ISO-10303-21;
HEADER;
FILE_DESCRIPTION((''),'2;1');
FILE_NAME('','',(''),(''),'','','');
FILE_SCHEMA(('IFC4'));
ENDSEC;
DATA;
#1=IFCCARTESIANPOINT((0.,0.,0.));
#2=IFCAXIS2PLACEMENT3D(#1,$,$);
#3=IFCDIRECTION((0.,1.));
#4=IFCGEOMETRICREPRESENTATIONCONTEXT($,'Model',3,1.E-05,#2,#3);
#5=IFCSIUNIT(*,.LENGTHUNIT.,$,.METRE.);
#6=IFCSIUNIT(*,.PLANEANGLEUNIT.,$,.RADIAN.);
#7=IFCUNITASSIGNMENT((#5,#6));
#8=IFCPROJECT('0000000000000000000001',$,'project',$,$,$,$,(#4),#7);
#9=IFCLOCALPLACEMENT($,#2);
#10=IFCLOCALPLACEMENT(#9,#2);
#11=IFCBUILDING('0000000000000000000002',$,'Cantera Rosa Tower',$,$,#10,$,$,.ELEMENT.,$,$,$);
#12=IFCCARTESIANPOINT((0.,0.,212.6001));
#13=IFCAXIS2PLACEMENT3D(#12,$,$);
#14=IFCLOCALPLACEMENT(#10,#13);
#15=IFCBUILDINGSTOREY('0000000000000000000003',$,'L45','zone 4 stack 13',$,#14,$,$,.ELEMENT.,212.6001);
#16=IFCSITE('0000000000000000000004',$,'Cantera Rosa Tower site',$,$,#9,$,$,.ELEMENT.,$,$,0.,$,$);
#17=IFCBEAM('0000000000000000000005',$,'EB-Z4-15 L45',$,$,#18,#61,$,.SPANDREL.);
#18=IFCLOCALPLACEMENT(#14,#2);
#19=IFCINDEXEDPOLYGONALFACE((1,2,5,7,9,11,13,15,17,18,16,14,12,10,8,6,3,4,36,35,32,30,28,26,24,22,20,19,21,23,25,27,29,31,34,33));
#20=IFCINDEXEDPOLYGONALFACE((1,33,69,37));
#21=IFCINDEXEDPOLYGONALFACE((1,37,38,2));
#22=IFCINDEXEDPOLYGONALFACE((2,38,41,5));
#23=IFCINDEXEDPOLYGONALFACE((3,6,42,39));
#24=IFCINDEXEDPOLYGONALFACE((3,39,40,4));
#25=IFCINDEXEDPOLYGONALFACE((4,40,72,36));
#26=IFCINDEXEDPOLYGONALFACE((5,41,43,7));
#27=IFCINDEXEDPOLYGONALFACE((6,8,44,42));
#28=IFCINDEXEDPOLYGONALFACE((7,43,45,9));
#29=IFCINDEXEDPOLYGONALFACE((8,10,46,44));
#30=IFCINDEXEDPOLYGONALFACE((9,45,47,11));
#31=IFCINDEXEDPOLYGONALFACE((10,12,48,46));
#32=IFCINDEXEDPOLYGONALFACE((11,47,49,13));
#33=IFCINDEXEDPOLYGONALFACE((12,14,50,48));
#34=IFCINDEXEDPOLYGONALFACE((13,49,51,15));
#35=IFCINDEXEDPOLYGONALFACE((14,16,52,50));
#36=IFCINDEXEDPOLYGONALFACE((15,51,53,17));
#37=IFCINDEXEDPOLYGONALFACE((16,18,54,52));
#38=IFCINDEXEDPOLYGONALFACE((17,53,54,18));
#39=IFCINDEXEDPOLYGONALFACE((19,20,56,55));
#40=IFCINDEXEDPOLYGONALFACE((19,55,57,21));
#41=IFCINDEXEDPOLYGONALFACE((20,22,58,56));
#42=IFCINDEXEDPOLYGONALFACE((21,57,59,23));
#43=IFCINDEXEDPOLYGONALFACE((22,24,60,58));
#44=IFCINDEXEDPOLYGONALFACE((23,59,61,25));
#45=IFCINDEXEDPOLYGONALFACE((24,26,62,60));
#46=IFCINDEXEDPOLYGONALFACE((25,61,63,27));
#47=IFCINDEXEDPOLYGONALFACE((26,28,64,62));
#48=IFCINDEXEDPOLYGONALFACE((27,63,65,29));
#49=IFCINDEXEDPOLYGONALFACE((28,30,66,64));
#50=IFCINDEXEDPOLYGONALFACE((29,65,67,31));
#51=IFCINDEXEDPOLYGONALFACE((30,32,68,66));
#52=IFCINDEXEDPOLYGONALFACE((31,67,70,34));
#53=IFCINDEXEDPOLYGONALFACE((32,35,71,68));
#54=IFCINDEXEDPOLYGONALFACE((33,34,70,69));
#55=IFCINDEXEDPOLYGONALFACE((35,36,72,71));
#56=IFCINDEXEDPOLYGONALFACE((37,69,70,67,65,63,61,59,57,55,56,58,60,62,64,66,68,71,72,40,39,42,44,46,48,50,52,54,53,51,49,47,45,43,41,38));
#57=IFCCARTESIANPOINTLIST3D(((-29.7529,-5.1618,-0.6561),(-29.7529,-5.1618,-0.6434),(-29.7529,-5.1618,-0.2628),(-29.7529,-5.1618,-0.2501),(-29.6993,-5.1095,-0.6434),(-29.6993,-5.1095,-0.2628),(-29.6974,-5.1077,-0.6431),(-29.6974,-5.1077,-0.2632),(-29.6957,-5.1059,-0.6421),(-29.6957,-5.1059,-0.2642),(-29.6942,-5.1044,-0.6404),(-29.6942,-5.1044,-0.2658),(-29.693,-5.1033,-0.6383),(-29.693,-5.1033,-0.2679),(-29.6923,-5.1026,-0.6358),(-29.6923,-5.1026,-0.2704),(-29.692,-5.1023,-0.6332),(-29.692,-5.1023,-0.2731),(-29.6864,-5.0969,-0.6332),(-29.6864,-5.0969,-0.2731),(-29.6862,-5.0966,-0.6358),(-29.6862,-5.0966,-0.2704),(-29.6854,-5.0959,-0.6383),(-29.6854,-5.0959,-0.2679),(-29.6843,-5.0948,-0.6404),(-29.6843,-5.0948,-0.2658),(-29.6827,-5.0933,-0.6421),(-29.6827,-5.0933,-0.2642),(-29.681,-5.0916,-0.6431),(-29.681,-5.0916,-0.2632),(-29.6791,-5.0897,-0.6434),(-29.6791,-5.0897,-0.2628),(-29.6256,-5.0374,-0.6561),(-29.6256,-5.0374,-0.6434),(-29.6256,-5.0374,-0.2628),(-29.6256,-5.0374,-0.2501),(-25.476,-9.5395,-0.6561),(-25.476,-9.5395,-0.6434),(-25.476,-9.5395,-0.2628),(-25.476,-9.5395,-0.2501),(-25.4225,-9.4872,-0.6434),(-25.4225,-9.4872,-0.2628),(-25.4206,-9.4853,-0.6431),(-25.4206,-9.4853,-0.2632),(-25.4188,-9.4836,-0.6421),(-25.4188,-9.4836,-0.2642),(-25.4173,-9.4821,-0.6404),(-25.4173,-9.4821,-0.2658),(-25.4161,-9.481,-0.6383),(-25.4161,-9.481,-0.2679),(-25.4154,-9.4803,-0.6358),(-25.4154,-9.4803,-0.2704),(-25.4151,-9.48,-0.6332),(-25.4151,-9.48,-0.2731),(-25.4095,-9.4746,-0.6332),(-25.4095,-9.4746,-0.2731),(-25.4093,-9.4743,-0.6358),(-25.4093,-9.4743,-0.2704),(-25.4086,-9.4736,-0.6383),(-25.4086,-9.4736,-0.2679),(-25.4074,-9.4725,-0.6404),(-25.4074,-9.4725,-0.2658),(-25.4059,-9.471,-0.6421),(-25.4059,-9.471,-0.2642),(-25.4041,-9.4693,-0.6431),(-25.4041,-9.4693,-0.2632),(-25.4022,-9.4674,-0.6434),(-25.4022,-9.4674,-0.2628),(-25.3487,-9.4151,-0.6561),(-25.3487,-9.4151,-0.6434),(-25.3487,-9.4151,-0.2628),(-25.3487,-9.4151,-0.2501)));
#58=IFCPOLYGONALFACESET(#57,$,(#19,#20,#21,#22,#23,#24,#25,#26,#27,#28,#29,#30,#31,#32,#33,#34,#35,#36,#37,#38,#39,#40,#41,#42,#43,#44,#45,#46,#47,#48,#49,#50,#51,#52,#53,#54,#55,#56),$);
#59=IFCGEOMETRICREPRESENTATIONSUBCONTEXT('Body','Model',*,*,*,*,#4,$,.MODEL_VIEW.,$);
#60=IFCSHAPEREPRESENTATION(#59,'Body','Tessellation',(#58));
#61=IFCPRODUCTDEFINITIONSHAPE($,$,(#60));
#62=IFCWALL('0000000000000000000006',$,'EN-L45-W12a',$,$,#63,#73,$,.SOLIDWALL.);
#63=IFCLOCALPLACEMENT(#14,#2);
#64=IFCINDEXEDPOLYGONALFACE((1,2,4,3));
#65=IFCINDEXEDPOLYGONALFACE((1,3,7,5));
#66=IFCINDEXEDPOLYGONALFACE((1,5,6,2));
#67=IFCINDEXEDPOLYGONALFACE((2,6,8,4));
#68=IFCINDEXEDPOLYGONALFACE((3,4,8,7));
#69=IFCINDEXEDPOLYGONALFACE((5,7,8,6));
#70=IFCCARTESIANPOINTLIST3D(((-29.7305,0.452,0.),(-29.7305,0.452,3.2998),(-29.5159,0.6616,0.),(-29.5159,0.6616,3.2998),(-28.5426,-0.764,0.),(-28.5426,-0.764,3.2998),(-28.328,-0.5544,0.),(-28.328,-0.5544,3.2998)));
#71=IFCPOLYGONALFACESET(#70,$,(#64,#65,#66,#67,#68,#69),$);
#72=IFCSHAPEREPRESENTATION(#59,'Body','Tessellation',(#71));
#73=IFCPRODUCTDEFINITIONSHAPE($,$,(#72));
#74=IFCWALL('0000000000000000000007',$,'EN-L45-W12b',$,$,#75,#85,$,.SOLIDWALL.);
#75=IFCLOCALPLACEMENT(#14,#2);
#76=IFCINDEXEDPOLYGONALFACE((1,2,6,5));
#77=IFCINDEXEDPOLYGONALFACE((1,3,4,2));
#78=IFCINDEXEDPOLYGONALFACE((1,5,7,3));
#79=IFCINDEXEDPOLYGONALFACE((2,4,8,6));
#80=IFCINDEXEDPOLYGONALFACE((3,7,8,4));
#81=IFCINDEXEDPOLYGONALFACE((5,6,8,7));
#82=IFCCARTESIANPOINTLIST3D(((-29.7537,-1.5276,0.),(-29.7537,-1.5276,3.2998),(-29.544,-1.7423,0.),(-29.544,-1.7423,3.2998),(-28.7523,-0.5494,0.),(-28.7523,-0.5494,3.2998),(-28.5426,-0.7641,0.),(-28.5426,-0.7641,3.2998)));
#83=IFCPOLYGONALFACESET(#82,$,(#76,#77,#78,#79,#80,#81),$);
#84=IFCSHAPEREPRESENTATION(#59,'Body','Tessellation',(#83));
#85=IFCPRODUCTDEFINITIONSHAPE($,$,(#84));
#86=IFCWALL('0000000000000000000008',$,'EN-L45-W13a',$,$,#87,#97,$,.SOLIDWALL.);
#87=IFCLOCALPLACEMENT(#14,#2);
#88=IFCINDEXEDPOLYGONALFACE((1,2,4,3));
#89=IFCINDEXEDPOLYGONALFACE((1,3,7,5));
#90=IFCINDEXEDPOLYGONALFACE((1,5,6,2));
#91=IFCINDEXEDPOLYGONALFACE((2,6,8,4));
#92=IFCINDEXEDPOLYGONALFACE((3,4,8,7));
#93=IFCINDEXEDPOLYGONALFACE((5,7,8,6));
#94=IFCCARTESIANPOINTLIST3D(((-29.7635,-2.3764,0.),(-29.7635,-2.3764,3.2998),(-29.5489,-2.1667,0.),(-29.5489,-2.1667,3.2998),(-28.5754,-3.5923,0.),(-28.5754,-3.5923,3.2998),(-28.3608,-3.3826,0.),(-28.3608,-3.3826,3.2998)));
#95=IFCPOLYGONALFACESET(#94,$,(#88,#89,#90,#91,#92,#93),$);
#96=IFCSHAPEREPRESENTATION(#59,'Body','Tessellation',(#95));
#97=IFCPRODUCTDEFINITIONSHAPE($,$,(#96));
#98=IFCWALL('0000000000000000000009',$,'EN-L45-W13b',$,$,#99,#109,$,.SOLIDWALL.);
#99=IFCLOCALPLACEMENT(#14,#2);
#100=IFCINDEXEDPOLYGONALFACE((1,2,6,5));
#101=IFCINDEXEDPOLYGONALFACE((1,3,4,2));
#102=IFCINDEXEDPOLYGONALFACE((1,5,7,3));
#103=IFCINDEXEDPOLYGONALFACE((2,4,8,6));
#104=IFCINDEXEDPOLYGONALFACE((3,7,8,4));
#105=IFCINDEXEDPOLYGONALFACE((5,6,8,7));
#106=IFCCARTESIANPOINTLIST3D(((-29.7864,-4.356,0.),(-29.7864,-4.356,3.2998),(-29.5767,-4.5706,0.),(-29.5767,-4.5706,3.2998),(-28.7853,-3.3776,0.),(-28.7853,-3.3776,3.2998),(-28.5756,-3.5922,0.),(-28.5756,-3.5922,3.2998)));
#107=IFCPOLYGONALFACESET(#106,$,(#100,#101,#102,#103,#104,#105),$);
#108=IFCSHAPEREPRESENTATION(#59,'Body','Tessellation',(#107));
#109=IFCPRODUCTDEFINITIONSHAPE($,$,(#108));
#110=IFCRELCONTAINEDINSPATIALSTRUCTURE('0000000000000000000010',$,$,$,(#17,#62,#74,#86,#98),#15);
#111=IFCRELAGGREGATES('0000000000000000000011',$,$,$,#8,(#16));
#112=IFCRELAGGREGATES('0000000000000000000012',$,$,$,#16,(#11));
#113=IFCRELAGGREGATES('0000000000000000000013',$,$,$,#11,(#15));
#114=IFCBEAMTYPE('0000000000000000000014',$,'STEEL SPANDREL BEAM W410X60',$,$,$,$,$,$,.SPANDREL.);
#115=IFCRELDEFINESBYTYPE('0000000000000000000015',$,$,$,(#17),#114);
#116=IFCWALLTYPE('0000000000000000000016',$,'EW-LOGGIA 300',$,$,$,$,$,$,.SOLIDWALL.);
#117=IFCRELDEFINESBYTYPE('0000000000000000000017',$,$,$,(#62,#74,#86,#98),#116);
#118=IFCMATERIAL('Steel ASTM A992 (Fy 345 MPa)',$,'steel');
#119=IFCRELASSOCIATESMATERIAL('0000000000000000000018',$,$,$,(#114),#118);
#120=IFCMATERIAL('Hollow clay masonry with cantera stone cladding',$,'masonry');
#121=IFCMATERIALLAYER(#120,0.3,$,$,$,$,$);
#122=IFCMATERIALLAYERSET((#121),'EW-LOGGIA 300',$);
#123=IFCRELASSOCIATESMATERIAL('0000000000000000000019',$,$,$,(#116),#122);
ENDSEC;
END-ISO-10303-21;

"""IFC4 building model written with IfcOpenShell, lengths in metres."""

from ifc_helpers import new_model, si_unit, direction, frame, frame_2d, origin, origin_2d, place, context, subcontext, project, spatial, rectangle, i_section, extrude, material, layer, layer_set, material_profile, profile_set, type_object, element, save


model = new_model("IFC4")

# Units and contexts
model_context = context("Model", 3, precision=1e-05, world=origin(), true_north=direction((0.0, 1.0)))
body_context = subcontext(model_context, "Body", "Model", "MODEL_VIEW")
ifc_project = project(units=[si_unit("LENGTHUNIT", "METRE"), si_unit("PLANEANGLEUNIT", "RADIAN")], contexts=[model_context])

# Site, building, storey
site_placement = place(None, origin())
site = spatial("IfcSite", under=ifc_project, at=site_placement, Name="Cantera Rosa Tower site", CompositionType="ELEMENT", RefElevation=0.0)
building_placement = place(site_placement, origin())
building = spatial("IfcBuilding", under=site, at=building_placement, Name="Cantera Rosa Tower", CompositionType="ELEMENT")
storey_placement = place(building_placement, frame((0.0, 0.0, 212.6001)))
storey = spatial("IfcBuildingStorey", under=building, at=storey_placement, Name="L45", Description="zone 4 stack 13", CompositionType="ELEMENT", Elevation=212.6001)

# Beam
ifc_material_1 = material(Name="Steel ASTM A992 (Fy 345 MPa)", Category="steel")
ifc_material_profile_1 = material_profile(ifc_material_1, i_section(OverallWidth=0.178, OverallDepth=0.406, WebThickness=0.0078, FlangeThickness=0.0127, FilletRadius=0.0103, at=origin_2d()), Name="W410X60")
ifc_profile_set_1 = profile_set([ifc_material_profile_1], Name="Steel ASTM A992 (Fy 345 MPa)")
beam_type_1 = type_object("IfcBeamType", Name="STEEL SPANDREL BEAM W410X60", PredefinedType="SPANDREL", material=ifc_profile_set_1)
beam_1_placement = place(storey_placement, frame((-29.6892, -5.0996, -0.4531), z_axis=(0.698821, -0.715296, 0.0), x_axis=(0.715296, 0.698821, 0.0)))
element("IfcBeam", 1, at=beam_1_placement, inside=storey, type_object=beam_type_1, Name="EB-Z4-15 L45", PredefinedType="SPANDREL", context=body_context, shape_type="SweptSolid", body=[
    extrude(i_section(OverallWidth=0.178, OverallDepth=0.406, WebThickness=0.0078, FlangeThickness=0.0127, FilletRadius=0.0103, at=origin_2d()), origin(), (0.0, 0.0, 1.0), 6.1201),
])

# Walls
ifc_material_2 = material(Name="Hollow clay masonry with cantera stone cladding", Category="masonry")
ifc_layer_1 = layer(ifc_material_2, 0.3)
ifc_layer_set_1 = layer_set([ifc_layer_1], Name="EW-LOGGIA 300")
wall_type_1 = type_object("IfcWallType", Name="EW-LOGGIA 300", PredefinedType="SOLIDWALL", material=ifc_layer_set_1)
wall_1_placement = place(storey_placement, frame((-29.6233, 0.5569, 0.0), z_axis=(0.0, 0.0, 1.0), x_axis=(0.698801, -0.715316, 0.0)))
element("IfcWall", 2, at=wall_1_placement, inside=storey, type_object=wall_type_1, Name="EN-L45-W12a", PredefinedType="SOLIDWALL", context=body_context, shape_type="SweptSolid", body=[
    extrude(rectangle(XDim=1.7, YDim=0.3, at=frame_2d((0.8501, 0.0))), origin(), (0.0, 0.0, 1.0), 3.2998),
])
wall_2_placement = place(storey_placement, frame((-28.6475, -0.6567, 0.0), z_axis=(0.0, 0.0, 1.0), x_axis=(-0.715342, -0.698775, 0.0)))
element("IfcWall", 3, at=wall_2_placement, inside=storey, type_object=wall_type_1, Name="EN-L45-W12b", PredefinedType="SOLIDWALL", context=body_context, shape_type="SweptSolid", body=[
    extrude(rectangle(XDim=1.3999, YDim=0.3, at=frame_2d((0.7, 0.0))), origin(), (0.0, 0.0, 1.0), 3.2998),
])
wall_3_placement = place(storey_placement, frame((-29.6562, -2.2715, 0.0), z_axis=(0.0, 0.0, 1.0), x_axis=(0.698873, -0.715246, 0.0)))
element("IfcWall", 4, at=wall_3_placement, inside=storey, type_object=wall_type_1, Name="EN-L45-W13a", PredefinedType="SOLIDWALL", context=body_context, shape_type="SweptSolid", body=[
    extrude(rectangle(XDim=1.7, YDim=0.3, at=frame_2d((0.8501, 0.0))), origin(), (0.0, 0.0, 1.0), 3.2998),
])
wall_4_placement = place(storey_placement, frame((-28.6804, -3.4849, 0.0), z_axis=(0.0, 0.0, 1.0), x_axis=(-0.715169, -0.698951, 0.0)))
element("IfcWall", 5, at=wall_4_placement, inside=storey, type_object=wall_type_1, Name="EN-L45-W13b", PredefinedType="SOLIDWALL", context=body_context, shape_type="SweptSolid", body=[
    extrude(rectangle(XDim=1.3999, YDim=0.3, at=frame_2d((0.7, 0.0))), origin(), (0.0, 0.0, 1.0), 3.2998),
])

save(model, "model.ifc")
